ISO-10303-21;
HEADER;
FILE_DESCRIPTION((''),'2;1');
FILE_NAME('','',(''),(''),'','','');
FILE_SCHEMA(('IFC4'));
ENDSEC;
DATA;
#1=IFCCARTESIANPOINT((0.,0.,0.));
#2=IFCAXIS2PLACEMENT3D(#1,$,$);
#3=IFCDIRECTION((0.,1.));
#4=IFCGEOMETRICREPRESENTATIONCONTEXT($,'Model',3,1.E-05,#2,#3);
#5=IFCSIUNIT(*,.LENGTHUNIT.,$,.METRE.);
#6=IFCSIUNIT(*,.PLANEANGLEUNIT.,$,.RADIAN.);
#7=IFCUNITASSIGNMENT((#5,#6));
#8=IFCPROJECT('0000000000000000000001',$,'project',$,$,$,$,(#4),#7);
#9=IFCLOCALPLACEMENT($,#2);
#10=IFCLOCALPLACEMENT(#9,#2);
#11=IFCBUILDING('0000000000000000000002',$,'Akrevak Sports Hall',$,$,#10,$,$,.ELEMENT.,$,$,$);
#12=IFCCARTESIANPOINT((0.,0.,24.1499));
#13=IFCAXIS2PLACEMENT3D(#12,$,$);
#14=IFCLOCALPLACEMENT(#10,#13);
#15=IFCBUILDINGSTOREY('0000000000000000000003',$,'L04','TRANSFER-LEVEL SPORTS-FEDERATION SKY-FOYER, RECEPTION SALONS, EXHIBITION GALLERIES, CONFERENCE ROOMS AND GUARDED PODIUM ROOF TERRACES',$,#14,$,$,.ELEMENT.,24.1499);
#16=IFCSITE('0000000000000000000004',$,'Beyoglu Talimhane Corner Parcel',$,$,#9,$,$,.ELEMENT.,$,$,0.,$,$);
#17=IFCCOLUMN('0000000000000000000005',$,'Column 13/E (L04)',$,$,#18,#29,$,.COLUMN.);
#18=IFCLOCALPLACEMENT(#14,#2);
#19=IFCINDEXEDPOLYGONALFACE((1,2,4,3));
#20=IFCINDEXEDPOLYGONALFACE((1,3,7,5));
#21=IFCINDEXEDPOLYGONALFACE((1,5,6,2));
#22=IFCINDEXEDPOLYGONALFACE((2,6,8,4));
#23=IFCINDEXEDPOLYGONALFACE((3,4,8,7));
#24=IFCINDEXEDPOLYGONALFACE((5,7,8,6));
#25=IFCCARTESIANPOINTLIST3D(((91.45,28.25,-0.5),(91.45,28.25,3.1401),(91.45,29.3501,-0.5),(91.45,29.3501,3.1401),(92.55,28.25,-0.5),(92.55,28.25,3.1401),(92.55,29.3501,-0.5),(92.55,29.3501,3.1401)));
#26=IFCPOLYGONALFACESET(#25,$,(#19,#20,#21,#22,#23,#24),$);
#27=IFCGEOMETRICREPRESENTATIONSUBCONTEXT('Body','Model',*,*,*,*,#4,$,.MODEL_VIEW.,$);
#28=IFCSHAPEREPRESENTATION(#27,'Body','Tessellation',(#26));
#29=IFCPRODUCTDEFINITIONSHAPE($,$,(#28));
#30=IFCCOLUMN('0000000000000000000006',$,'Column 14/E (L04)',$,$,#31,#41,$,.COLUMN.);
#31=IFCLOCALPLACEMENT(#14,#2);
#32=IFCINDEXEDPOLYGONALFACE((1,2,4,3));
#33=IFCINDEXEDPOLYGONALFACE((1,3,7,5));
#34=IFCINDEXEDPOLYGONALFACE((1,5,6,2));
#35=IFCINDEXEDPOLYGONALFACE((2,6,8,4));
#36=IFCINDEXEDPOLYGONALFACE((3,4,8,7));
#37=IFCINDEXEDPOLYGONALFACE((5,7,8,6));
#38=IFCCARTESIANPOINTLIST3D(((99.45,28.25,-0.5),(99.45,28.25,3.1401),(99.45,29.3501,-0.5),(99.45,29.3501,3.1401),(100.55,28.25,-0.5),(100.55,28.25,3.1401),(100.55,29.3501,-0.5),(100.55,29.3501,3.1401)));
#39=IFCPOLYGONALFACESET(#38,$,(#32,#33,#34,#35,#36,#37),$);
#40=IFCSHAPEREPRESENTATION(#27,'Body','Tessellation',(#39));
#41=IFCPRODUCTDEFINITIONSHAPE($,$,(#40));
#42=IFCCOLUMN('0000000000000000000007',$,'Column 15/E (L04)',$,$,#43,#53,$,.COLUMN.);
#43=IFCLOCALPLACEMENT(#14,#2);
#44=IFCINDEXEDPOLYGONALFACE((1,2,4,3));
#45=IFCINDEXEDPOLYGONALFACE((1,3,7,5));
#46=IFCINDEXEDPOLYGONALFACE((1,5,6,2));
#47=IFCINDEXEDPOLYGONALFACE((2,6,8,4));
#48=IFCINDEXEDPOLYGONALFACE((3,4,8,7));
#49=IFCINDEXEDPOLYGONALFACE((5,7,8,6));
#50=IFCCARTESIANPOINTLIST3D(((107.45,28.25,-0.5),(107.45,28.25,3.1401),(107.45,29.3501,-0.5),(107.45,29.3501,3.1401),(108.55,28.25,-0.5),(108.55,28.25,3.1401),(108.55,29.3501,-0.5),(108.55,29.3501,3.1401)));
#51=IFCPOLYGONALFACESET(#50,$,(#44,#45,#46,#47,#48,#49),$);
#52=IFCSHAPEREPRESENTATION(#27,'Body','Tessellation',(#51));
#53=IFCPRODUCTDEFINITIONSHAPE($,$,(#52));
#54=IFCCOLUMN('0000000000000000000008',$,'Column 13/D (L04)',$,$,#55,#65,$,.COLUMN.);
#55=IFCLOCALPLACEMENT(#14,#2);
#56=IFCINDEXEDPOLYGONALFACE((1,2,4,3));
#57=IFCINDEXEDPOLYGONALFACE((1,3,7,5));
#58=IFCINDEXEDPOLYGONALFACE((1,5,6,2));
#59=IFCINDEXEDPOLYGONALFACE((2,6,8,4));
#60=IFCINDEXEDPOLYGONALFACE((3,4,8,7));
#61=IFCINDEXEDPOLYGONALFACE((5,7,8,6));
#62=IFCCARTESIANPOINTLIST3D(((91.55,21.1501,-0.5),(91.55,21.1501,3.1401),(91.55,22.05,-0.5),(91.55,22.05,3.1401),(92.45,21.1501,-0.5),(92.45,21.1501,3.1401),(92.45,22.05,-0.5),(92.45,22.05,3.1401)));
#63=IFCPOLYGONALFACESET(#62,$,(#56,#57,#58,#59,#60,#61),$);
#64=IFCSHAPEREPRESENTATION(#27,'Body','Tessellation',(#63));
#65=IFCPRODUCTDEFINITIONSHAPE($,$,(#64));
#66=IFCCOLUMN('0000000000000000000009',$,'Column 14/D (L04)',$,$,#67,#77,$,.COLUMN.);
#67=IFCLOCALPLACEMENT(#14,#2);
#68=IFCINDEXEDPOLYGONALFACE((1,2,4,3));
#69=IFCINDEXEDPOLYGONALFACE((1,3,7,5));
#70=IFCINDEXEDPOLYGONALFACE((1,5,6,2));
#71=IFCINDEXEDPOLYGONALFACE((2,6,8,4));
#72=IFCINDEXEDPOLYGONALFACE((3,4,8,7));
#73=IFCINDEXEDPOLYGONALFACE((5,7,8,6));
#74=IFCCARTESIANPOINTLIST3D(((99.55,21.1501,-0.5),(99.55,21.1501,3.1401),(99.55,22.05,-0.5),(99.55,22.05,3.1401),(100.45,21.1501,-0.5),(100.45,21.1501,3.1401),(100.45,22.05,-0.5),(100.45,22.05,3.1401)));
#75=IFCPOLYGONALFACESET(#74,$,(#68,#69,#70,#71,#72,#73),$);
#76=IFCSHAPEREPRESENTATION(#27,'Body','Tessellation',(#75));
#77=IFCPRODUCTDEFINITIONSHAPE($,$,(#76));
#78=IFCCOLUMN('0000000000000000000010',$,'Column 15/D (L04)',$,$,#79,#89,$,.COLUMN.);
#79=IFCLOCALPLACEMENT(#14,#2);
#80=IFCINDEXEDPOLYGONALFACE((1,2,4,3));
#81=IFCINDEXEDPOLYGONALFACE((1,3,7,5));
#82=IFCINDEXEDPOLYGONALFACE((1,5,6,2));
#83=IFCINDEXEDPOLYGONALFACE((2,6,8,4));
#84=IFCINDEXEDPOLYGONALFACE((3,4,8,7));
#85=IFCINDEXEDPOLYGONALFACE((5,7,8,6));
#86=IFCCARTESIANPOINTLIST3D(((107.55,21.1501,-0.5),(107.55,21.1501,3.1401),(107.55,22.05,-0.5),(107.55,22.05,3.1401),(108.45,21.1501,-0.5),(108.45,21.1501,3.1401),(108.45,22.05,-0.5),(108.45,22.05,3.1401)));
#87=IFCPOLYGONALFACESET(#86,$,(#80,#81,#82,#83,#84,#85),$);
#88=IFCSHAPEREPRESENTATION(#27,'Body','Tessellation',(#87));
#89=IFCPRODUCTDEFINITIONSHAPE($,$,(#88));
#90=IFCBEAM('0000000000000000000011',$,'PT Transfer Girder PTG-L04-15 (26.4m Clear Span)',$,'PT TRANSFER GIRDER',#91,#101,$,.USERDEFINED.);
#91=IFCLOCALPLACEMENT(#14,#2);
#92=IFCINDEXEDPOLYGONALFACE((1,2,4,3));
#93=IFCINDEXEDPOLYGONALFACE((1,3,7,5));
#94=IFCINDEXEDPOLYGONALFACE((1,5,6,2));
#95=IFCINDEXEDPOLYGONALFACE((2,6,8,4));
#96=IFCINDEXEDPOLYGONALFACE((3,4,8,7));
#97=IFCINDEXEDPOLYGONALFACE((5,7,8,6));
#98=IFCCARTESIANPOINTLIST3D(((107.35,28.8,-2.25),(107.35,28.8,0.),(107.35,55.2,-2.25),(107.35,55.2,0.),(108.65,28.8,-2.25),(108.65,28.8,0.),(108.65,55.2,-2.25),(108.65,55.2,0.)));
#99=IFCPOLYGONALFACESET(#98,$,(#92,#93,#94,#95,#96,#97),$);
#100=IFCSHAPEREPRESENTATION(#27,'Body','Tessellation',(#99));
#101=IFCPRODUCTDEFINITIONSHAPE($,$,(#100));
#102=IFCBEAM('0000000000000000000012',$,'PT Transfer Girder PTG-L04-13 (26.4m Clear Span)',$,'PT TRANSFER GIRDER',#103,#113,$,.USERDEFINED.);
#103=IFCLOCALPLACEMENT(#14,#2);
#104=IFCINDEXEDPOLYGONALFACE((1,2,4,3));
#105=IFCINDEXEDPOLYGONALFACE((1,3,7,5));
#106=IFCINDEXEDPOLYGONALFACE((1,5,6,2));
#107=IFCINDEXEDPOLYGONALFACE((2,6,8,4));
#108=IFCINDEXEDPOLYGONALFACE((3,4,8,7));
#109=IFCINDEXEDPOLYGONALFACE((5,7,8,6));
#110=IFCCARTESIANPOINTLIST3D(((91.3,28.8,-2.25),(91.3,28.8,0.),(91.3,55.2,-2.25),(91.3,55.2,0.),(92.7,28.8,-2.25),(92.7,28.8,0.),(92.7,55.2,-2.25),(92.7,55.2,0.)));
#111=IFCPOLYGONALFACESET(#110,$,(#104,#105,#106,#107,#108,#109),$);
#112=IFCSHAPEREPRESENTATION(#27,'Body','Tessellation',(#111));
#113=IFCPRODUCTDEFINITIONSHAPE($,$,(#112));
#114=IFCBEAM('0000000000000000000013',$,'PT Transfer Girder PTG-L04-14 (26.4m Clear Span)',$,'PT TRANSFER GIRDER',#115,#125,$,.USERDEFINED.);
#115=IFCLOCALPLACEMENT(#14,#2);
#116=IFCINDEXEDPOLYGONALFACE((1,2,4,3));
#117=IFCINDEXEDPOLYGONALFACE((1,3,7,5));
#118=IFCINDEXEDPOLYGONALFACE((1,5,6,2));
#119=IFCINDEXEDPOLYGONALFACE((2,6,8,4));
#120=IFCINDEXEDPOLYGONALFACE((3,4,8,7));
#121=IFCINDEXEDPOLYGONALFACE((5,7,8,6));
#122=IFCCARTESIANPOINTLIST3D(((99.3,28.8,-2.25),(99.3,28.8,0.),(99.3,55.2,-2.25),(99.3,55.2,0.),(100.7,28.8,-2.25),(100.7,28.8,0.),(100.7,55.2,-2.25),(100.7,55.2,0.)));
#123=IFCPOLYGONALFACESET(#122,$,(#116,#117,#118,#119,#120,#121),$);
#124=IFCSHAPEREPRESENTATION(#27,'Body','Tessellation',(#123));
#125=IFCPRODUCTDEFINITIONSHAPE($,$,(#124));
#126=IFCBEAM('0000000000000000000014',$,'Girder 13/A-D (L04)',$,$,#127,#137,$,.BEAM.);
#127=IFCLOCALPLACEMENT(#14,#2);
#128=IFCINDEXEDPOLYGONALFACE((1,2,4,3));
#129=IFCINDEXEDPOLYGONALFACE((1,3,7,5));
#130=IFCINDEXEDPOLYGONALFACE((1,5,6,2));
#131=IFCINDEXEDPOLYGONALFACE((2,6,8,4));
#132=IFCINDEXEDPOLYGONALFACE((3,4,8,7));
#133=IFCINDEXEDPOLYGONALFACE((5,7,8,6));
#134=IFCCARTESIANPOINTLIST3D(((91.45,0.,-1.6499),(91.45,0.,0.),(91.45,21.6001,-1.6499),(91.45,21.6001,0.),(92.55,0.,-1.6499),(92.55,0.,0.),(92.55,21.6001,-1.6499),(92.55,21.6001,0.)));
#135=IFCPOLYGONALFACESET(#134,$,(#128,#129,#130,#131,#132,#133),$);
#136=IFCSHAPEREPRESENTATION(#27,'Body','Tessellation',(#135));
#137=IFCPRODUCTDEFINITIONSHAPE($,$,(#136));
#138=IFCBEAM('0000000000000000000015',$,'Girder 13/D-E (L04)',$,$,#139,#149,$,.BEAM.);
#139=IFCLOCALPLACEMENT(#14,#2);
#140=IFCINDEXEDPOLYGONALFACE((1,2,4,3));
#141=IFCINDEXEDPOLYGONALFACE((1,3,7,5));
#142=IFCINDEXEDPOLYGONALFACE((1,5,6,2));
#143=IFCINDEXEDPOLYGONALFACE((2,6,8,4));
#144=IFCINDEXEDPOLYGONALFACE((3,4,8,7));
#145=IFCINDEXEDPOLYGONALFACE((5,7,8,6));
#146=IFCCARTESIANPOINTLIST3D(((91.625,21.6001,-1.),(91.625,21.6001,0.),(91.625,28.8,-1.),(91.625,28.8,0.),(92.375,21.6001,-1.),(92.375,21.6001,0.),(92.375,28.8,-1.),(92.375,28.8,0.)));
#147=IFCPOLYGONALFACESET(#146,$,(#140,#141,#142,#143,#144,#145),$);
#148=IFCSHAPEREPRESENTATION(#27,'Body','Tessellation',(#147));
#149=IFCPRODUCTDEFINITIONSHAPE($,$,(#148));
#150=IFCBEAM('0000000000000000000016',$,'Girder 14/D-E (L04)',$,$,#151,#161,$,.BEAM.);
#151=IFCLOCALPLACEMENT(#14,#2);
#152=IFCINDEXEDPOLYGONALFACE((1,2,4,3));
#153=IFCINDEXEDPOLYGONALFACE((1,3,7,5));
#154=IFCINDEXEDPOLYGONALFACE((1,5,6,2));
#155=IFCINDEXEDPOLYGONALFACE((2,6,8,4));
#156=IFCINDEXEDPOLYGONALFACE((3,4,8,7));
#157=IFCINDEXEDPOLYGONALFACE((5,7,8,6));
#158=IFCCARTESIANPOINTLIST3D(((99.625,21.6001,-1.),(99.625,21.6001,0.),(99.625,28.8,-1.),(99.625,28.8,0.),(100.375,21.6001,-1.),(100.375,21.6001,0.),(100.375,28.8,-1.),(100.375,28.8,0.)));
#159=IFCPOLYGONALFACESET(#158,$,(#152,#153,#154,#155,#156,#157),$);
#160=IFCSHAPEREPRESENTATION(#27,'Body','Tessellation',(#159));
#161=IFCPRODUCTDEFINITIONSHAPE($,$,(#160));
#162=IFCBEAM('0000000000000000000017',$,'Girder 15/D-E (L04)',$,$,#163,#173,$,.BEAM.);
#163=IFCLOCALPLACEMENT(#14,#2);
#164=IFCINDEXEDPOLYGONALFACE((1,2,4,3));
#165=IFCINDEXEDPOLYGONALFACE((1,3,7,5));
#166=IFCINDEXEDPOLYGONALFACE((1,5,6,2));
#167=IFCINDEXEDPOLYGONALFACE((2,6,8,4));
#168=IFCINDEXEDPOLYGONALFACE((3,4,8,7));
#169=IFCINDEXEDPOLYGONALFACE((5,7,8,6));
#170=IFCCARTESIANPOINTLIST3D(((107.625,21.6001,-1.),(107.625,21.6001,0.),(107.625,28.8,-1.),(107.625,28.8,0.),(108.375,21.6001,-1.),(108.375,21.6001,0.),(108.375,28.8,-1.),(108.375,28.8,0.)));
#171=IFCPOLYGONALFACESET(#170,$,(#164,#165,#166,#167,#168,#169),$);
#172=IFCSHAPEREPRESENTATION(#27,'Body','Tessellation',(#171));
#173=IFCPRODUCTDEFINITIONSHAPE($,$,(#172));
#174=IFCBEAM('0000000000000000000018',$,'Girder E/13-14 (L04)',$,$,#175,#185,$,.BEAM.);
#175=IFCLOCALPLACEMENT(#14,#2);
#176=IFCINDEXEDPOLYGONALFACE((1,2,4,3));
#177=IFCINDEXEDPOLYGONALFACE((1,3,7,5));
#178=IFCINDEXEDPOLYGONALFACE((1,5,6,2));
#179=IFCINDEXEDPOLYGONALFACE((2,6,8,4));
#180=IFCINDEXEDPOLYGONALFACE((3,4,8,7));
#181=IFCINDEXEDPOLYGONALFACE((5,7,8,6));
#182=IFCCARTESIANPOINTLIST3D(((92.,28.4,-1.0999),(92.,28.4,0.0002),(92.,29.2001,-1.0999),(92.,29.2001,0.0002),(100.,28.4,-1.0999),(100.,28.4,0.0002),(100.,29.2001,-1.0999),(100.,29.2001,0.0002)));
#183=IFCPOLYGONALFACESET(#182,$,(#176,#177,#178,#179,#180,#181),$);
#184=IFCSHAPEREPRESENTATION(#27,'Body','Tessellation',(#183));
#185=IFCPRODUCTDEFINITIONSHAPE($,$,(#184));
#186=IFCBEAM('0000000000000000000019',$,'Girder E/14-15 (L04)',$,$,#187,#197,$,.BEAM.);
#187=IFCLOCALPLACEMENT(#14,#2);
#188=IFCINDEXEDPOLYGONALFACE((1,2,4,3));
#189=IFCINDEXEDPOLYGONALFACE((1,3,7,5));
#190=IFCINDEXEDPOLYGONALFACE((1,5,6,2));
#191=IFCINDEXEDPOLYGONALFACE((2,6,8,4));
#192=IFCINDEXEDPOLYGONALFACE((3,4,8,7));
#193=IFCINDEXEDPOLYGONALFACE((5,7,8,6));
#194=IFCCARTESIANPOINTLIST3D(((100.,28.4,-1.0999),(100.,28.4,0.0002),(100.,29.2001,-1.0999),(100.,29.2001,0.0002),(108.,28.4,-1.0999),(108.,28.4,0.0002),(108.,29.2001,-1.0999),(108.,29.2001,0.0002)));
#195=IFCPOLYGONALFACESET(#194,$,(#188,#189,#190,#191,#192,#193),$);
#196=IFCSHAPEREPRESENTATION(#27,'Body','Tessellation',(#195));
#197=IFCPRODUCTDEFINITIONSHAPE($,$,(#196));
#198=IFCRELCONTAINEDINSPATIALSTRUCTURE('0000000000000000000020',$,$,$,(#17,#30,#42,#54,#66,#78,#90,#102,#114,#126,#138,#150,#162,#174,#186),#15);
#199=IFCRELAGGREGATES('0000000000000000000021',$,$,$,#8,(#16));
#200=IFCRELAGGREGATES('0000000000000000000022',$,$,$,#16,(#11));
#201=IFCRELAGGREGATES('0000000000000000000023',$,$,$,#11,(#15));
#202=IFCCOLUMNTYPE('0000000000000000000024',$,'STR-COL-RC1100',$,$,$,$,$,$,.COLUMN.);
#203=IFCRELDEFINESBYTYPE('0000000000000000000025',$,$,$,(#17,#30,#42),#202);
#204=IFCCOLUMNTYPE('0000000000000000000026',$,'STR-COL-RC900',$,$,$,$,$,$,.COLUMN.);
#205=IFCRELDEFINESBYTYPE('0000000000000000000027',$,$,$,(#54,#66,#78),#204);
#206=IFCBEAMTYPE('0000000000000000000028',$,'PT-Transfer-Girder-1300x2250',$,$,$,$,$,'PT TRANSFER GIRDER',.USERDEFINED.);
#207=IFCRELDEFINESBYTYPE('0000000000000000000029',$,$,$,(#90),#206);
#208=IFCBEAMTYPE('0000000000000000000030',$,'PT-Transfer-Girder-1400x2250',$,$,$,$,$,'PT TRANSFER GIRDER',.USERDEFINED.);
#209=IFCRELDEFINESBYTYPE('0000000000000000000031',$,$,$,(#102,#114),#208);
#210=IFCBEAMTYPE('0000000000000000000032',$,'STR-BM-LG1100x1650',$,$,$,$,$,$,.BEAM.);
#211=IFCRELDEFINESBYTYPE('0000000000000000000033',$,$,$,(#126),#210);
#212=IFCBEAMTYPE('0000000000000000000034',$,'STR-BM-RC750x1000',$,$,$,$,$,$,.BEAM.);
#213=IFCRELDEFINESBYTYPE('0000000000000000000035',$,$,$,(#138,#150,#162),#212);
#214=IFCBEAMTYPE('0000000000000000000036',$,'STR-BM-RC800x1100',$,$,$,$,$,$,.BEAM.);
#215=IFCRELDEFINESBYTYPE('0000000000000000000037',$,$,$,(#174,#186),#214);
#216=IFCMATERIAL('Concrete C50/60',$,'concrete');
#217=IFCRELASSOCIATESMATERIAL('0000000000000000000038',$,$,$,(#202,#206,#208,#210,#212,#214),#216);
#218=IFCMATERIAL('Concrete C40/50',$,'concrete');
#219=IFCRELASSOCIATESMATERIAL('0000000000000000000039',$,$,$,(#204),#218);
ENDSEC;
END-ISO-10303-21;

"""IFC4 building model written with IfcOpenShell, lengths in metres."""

from ifc_helpers import new_model, si_unit, direction, frame, origin, origin_2d, place, context, subcontext, project, spatial, rectangle, extrude, material, material_profile, profile_set, type_object, element, save


model = new_model("IFC4")

# Units and contexts
model_context = context("Model", 3, precision=1e-05, world=origin(), true_north=direction((0.0, 1.0)))
body_context = subcontext(model_context, "Body", "Model", "MODEL_VIEW")
ifc_project = project(units=[si_unit("LENGTHUNIT", "METRE"), si_unit("PLANEANGLEUNIT", "RADIAN")], contexts=[model_context])

# Site, building, storey
site_placement = place(None, origin())
site = spatial("IfcSite", under=ifc_project, at=site_placement, Name="Beyoglu Talimhane Corner Parcel", CompositionType="ELEMENT", RefElevation=0.0)
building_placement = place(site_placement, origin())
building = spatial("IfcBuilding", under=site, at=building_placement, Name="Akrevak Sports Hall", CompositionType="ELEMENT")
storey_placement = place(building_placement, frame((0.0, 0.0, 24.1499)))
storey = spatial("IfcBuildingStorey", under=building, at=storey_placement, Name="L04", Description="TRANSFER-LEVEL SPORTS-FEDERATION SKY-FOYER, RECEPTION SALONS, EXHIBITION GALLERIES, CONFERENCE ROOMS AND GUARDED PODIUM ROOF TERRACES", CompositionType="ELEMENT", Elevation=24.1499)

# Columns
ifc_material_1 = material(Name="Concrete C50/60", Category="concrete")
ifc_material_profile_1 = material_profile(ifc_material_1, rectangle(XDim=1.1001, YDim=1.1001, at=origin_2d()), Name="RC 1100x1100", Category="concrete")
ifc_profile_set_1 = profile_set([ifc_material_profile_1], Name="Concrete C50/60")
column_type_1 = type_object("IfcColumnType", Name="STR-COL-RC1100", PredefinedType="COLUMN", material=ifc_profile_set_1)
for number, where, z_axis, x_axis, name in (
    (1, (92.0, 28.8, -0.5), (0.0, 0.0, 1.0), (1.0, 0.0, 0.0), "Column 13/E (L04)"),
    (2, (100.0, 28.8, -0.5), (0.0, 0.0, 1.0), (1.0, 0.0, 0.0), "Column 14/E (L04)"),
    (3, (108.0, 28.8, -0.5), (0.0, 0.0, 1.0), (1.0, 0.0, 0.0), "Column 15/E (L04)"),
):
    element("IfcColumn", number, at=place(storey_placement, frame(where, z_axis=z_axis, x_axis=x_axis)), inside=storey, type_object=column_type_1, Name=name, PredefinedType="COLUMN", context=body_context, shape_type="SweptSolid", body=[
        extrude(rectangle(XDim=1.1001, YDim=1.1001, at=origin_2d()), origin(), (0.0, 0.0, 1.0), 3.6401),
    ])
ifc_material_2 = material(Name="Concrete C40/50", Category="concrete")
ifc_material_profile_2 = material_profile(ifc_material_2, rectangle(XDim=0.8999, YDim=0.8999, at=origin_2d()), Name="RC 900x900", Category="concrete")
ifc_profile_set_2 = profile_set([ifc_material_profile_2], Name="Concrete C40/50")
column_type_2 = type_object("IfcColumnType", Name="STR-COL-RC900", PredefinedType="COLUMN", material=ifc_profile_set_2)
for number, where, z_axis, x_axis, name in (
    (4, (92.0, 21.6001, -0.5), (0.0, 0.0, 1.0), (1.0, 0.0, 0.0), "Column 13/D (L04)"),
    (5, (100.0, 21.6001, -0.5), (0.0, 0.0, 1.0), (1.0, 0.0, 0.0), "Column 14/D (L04)"),
    (6, (108.0, 21.6001, -0.5), (0.0, 0.0, 1.0), (1.0, 0.0, 0.0), "Column 15/D (L04)"),
):
    element("IfcColumn", number, at=place(storey_placement, frame(where, z_axis=z_axis, x_axis=x_axis)), inside=storey, type_object=column_type_2, Name=name, PredefinedType="COLUMN", context=body_context, shape_type="SweptSolid", body=[
        extrude(rectangle(XDim=0.8999, YDim=0.8999, at=origin_2d()), origin(), (0.0, 0.0, 1.0), 3.6401),
    ])

# Beams
ifc_material_profile_3 = material_profile(ifc_material_1, rectangle(XDim=1.3, YDim=2.25, at=origin_2d()), Name="PTG 1300x2250", Category="concrete")
ifc_profile_set_3 = profile_set([ifc_material_profile_3], Name="Concrete C50/60")
beam_type_1 = type_object("IfcBeamType", Name="PT-Transfer-Girder-1300x2250", ElementType="PT TRANSFER GIRDER", PredefinedType="USERDEFINED", material=ifc_profile_set_3)
beam_1_placement = place(storey_placement, frame((108.0, 28.8, -1.125), z_axis=(0.0, 1.0, 0.0), x_axis=(-1.0, 0.0, 0.0)))
element("IfcBeam", 7, at=beam_1_placement, inside=storey, type_object=beam_type_1, Name="PT Transfer Girder PTG-L04-15 (26.4m Clear Span)", ObjectType="PT TRANSFER GIRDER", PredefinedType="USERDEFINED", context=body_context, shape_type="SweptSolid", body=[
    extrude(rectangle(XDim=1.3, YDim=2.25, at=origin_2d()), origin(), (0.0, 0.0, 1.0), 26.3999),
])
ifc_material_profile_4 = material_profile(ifc_material_1, rectangle(XDim=1.3999, YDim=2.25, at=origin_2d()), Name="PTG 1400x2250", Category="concrete")
ifc_profile_set_4 = profile_set([ifc_material_profile_4], Name="Concrete C50/60")
beam_type_2 = type_object("IfcBeamType", Name="PT-Transfer-Girder-1400x2250", ElementType="PT TRANSFER GIRDER", PredefinedType="USERDEFINED", material=ifc_profile_set_4)
for number, where, z_axis, x_axis, name in (
    (8, (92.0, 28.8, -1.125), (0.0, 1.0, 0.0), (-1.0, 0.0, 0.0), "PT Transfer Girder PTG-L04-13 (26.4m Clear Span)"),
    (9, (100.0, 28.8, -1.125), (0.0, 1.0, 0.0), (-1.0, 0.0, 0.0), "PT Transfer Girder PTG-L04-14 (26.4m Clear Span)"),
):
    element("IfcBeam", number, at=place(storey_placement, frame(where, z_axis=z_axis, x_axis=x_axis)), inside=storey, type_object=beam_type_2, Name=name, ObjectType="PT TRANSFER GIRDER", PredefinedType="USERDEFINED", context=body_context, shape_type="SweptSolid", body=[
        extrude(rectangle(XDim=1.3999, YDim=2.25, at=origin_2d()), origin(), (0.0, 0.0, 1.0), 26.3999),
    ])
ifc_material_profile_5 = material_profile(ifc_material_1, rectangle(XDim=1.1001, YDim=1.6499, at=origin_2d()), Name="BM 1100x1650", Category="concrete")
ifc_profile_set_5 = profile_set([ifc_material_profile_5], Name="Concrete C50/60")
beam_type_3 = type_object("IfcBeamType", Name="STR-BM-LG1100x1650", PredefinedType="BEAM", material=ifc_profile_set_5)
beam_2_placement = place(storey_placement, frame((92.0, 0.0, -0.825), z_axis=(0.0, 1.0, 0.0), x_axis=(-1.0, 0.0, 0.0)))
element("IfcBeam", 10, at=beam_2_placement, inside=storey, type_object=beam_type_3, Name="Girder 13/A-D (L04)", PredefinedType="BEAM", context=body_context, shape_type="SweptSolid", body=[
    extrude(rectangle(XDim=1.1001, YDim=1.6499, at=origin_2d()), origin(), (0.0, 0.0, 1.0), 21.6001),
])
ifc_material_profile_6 = material_profile(ifc_material_1, rectangle(XDim=0.75, YDim=1.0, at=origin_2d()), Name="BM 750x1000", Category="concrete")
ifc_profile_set_6 = profile_set([ifc_material_profile_6], Name="Concrete C50/60")
beam_type_4 = type_object("IfcBeamType", Name="STR-BM-RC750x1000", PredefinedType="BEAM", material=ifc_profile_set_6)
for number, where, z_axis, x_axis, name in (
    (11, (92.0, 21.6001, -0.5), (0.0, 1.0, 0.0), (-1.0, 0.0, 0.0), "Girder 13/D-E (L04)"),
    (12, (100.0, 21.6001, -0.5), (0.0, 1.0, 0.0), (-1.0, 0.0, 0.0), "Girder 14/D-E (L04)"),
    (13, (108.0, 21.6001, -0.5), (0.0, 1.0, 0.0), (-1.0, 0.0, 0.0), "Girder 15/D-E (L04)"),
):
    element("IfcBeam", number, at=place(storey_placement, frame(where, z_axis=z_axis, x_axis=x_axis)), inside=storey, type_object=beam_type_4, Name=name, PredefinedType="BEAM", context=body_context, shape_type="SweptSolid", body=[
        extrude(rectangle(XDim=0.75, YDim=1.0, at=origin_2d()), origin(), (0.0, 0.0, 1.0), 7.2),
    ])
ifc_material_profile_7 = material_profile(ifc_material_1, rectangle(XDim=0.8, YDim=1.1001, at=origin_2d()), Name="BM 800x1100", Category="concrete")
ifc_profile_set_7 = profile_set([ifc_material_profile_7], Name="Concrete C50/60")
beam_type_5 = type_object("IfcBeamType", Name="STR-BM-RC800x1100", PredefinedType="BEAM", material=ifc_profile_set_7)
for number, where, z_axis, x_axis, name in (
    (14, (92.0, 28.8, -0.5498), (1.0, 0.0, 0.0), (0.0, 1.0, 0.0), "Girder E/13-14 (L04)"),
    (15, (100.0, 28.8, -0.5498), (1.0, 0.0, 0.0), (0.0, 1.0, 0.0), "Girder E/14-15 (L04)"),
):
    element("IfcBeam", number, at=place(storey_placement, frame(where, z_axis=z_axis, x_axis=x_axis)), inside=storey, type_object=beam_type_5, Name=name, PredefinedType="BEAM", context=body_context, shape_type="SweptSolid", body=[
        extrude(rectangle(XDim=0.8, YDim=1.1001, at=origin_2d()), origin(), (0.0, 0.0, 1.0), 8.0),
    ])

save(model, "model.ifc")
